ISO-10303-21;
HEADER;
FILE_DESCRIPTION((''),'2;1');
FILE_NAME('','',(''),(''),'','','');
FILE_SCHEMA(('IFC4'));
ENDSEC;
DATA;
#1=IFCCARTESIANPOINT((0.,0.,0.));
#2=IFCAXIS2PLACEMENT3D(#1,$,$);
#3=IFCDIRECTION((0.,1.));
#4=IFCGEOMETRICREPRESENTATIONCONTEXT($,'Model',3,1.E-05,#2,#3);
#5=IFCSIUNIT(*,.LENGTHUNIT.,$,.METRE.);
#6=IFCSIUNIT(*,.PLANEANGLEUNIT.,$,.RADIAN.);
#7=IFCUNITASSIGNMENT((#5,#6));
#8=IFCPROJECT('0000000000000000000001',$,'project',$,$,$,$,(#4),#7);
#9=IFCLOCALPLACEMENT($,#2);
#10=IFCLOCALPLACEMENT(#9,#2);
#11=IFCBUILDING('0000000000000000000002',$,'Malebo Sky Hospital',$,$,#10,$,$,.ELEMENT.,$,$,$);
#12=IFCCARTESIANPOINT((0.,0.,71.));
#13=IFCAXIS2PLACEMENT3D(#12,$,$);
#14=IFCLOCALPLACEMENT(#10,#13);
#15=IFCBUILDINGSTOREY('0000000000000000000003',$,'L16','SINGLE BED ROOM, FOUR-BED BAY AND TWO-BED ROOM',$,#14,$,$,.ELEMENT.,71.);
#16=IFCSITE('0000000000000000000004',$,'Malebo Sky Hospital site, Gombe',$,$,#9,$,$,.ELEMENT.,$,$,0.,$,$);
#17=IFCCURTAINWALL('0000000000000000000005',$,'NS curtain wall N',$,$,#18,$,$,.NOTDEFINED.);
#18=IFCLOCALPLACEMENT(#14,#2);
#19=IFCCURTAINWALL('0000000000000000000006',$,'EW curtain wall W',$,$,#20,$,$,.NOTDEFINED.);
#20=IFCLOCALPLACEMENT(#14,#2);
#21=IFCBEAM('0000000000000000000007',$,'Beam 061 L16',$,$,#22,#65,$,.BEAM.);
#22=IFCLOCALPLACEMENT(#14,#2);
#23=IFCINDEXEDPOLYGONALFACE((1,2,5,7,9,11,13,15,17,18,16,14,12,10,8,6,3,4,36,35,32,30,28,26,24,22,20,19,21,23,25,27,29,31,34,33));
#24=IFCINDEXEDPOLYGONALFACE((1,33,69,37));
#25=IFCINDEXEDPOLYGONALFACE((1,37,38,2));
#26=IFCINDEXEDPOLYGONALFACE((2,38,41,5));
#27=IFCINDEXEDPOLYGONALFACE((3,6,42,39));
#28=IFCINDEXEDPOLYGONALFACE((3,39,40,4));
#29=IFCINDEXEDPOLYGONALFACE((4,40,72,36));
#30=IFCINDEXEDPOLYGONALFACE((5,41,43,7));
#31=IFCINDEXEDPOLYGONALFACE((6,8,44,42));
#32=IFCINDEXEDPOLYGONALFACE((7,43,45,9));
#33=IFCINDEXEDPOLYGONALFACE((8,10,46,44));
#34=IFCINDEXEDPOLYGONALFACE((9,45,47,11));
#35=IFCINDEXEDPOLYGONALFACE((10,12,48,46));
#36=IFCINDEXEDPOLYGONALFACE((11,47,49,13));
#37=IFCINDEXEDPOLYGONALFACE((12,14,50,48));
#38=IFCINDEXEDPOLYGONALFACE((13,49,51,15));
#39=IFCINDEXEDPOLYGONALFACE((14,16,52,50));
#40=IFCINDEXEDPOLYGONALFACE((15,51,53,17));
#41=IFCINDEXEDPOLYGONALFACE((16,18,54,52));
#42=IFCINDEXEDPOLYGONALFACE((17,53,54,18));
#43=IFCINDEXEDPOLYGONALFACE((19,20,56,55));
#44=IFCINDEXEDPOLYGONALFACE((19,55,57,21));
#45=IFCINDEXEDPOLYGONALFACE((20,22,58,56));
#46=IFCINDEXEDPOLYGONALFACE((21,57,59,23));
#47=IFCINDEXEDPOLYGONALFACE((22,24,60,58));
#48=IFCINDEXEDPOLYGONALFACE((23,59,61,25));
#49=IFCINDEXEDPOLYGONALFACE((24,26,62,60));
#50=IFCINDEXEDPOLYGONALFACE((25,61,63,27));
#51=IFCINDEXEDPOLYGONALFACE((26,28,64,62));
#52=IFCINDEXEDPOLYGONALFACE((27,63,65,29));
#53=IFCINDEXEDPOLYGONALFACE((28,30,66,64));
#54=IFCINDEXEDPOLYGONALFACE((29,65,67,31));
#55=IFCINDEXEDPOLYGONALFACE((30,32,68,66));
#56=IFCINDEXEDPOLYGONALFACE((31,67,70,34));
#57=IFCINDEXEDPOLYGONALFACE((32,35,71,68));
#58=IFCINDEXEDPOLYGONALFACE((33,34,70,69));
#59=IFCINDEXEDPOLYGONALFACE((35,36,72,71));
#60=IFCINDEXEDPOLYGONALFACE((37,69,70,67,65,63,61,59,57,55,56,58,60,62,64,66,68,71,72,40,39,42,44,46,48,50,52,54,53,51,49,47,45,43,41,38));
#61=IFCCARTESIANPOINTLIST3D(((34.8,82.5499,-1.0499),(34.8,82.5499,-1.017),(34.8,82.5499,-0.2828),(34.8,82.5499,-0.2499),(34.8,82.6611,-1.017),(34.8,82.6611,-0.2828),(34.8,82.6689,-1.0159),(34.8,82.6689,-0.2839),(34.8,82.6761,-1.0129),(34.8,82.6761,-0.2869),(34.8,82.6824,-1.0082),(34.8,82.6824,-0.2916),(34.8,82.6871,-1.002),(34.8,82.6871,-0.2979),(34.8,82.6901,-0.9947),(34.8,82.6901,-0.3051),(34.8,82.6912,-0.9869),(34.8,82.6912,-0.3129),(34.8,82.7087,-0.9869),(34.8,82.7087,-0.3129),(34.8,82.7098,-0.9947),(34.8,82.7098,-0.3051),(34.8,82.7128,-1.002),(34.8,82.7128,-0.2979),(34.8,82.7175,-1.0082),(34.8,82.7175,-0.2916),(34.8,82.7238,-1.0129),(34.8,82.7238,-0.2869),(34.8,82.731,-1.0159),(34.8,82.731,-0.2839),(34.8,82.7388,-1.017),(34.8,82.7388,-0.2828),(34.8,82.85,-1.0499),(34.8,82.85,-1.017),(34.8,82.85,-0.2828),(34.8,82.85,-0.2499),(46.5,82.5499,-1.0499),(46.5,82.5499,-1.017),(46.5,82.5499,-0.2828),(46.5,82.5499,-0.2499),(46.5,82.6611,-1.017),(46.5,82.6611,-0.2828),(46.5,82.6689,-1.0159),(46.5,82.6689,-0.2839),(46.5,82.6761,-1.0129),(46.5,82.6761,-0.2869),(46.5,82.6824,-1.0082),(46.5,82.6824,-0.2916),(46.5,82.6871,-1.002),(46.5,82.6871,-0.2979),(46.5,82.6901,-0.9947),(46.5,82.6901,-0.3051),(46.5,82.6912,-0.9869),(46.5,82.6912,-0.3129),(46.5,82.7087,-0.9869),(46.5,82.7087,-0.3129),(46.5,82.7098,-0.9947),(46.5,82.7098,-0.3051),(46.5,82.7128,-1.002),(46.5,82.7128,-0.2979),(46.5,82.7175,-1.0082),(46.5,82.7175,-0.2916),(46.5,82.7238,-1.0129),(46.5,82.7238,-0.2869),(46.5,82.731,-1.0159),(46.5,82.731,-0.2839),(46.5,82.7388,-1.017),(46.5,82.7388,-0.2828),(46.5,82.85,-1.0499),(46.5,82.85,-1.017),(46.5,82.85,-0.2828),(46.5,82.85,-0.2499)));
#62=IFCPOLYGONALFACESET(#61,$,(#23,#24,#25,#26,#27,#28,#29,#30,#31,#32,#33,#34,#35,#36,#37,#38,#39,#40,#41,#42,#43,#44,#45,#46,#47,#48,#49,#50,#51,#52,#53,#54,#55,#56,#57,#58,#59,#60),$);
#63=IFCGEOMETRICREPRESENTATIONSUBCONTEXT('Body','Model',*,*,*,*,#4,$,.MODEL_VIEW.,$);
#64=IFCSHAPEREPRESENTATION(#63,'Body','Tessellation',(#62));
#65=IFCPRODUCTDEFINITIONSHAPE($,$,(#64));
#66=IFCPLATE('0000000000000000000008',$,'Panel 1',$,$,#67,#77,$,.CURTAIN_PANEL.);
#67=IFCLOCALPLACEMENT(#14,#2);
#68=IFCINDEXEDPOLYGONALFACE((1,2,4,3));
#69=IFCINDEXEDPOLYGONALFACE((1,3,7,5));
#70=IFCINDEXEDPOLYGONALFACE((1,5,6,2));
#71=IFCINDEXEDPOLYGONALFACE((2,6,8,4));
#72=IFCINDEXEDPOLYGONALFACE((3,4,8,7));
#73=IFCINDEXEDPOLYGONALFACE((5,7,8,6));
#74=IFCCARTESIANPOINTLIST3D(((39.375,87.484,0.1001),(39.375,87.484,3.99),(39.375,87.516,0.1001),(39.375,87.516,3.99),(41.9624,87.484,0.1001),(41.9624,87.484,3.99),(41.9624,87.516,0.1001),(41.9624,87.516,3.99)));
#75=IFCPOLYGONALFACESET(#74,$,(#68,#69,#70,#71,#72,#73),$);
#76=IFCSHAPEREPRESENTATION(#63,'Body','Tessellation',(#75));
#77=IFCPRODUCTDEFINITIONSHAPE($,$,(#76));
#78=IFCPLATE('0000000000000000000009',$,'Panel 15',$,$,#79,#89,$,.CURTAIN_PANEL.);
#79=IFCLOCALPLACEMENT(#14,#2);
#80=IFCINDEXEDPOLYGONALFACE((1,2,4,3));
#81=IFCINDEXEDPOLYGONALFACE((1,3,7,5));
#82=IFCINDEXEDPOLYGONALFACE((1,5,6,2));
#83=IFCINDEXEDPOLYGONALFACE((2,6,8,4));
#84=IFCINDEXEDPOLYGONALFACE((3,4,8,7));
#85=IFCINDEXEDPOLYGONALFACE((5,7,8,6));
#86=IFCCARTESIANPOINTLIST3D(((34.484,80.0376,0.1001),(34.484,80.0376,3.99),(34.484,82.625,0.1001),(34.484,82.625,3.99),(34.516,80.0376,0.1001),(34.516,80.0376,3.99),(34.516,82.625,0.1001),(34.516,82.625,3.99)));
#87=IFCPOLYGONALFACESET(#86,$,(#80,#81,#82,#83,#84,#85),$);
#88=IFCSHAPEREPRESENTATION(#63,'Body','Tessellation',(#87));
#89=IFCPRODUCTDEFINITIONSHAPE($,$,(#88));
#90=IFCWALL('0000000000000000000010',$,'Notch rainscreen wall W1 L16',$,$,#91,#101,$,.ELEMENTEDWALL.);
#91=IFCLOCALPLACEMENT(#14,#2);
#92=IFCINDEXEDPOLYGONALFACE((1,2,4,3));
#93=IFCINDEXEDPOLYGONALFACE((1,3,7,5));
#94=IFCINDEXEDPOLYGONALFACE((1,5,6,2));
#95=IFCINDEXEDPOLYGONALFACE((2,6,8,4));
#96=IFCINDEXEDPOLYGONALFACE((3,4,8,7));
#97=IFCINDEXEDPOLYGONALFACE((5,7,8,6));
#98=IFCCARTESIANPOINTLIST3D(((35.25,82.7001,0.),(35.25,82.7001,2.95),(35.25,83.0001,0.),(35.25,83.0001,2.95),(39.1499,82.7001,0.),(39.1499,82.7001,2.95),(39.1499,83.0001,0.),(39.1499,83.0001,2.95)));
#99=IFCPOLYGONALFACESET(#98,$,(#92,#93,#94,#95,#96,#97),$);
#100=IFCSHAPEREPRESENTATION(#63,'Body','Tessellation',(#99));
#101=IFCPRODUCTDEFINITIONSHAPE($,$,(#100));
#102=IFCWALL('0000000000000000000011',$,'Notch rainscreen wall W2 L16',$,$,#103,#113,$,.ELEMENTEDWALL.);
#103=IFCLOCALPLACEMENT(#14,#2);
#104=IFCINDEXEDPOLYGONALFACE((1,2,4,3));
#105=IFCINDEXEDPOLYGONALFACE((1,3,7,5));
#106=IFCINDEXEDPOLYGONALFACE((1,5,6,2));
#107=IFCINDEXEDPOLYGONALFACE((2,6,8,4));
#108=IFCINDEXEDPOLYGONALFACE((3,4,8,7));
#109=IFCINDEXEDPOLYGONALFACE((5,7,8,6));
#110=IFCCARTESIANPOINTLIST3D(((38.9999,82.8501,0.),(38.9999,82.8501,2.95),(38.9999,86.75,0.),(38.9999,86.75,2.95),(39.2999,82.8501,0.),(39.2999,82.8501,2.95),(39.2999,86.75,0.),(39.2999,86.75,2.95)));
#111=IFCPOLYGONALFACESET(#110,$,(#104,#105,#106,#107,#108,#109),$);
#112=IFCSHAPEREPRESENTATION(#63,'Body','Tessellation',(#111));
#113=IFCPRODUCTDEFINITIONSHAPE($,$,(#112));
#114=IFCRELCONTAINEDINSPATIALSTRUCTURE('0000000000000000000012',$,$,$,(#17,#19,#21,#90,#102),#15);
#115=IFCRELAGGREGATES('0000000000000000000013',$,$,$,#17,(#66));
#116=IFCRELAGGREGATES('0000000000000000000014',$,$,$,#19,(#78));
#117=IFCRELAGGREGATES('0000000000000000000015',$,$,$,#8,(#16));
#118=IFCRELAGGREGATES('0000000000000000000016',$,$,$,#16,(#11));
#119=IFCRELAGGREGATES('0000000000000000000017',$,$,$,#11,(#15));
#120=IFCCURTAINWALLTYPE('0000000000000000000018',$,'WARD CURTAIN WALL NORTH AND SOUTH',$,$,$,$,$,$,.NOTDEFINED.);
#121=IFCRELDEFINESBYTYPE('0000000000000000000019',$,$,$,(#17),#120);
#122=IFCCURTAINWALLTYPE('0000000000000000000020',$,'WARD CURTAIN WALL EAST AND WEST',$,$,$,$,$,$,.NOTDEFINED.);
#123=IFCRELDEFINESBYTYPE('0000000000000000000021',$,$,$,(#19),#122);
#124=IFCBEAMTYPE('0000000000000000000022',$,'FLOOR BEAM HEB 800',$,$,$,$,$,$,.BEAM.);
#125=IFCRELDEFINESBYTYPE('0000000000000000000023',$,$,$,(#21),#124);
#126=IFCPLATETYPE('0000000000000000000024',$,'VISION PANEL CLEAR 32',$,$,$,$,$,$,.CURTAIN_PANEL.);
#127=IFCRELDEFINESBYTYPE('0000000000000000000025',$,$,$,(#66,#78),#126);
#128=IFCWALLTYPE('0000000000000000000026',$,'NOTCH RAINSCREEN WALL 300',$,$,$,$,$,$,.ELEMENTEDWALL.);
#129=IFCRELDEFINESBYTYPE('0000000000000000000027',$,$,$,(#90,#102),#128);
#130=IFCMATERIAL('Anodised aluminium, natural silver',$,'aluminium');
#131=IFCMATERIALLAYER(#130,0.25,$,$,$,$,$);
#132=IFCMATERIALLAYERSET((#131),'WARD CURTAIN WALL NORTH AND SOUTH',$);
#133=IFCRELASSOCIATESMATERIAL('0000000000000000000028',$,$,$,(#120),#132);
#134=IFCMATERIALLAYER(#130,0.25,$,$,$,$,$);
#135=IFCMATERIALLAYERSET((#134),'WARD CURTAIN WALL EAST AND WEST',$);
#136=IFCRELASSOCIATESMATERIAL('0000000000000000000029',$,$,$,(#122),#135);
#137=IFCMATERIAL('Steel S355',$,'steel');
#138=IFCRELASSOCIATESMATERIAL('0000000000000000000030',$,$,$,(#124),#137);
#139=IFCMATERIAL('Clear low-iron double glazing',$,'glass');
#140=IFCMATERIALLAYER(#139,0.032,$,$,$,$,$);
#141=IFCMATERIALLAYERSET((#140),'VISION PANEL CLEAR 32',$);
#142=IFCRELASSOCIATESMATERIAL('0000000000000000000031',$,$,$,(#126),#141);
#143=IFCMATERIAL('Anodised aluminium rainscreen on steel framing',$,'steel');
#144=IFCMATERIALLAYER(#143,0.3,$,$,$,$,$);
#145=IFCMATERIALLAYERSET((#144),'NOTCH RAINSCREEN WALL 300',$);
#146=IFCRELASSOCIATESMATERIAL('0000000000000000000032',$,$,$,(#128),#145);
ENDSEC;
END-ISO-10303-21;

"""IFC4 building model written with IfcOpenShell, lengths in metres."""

from ifc_helpers import new_model, si_unit, direction, frame, frame_2d, origin, origin_2d, place, context, subcontext, project, spatial, rectangle, i_section, extrude, material, layer, layer_set, material_profile, profile_set, type_object, element, aggregate, save


model = new_model("IFC4")

# Units and contexts
model_context = context("Model", 3, precision=1e-05, world=origin(), true_north=direction((0.0, 1.0)))
body_context = subcontext(model_context, "Body", "Model", "MODEL_VIEW")
ifc_project = project(units=[si_unit("LENGTHUNIT", "METRE"), si_unit("PLANEANGLEUNIT", "RADIAN")], contexts=[model_context])

# Site, building, storey
site_placement = place(None, origin())
site = spatial("IfcSite", under=ifc_project, at=site_placement, Name="Malebo Sky Hospital site, Gombe", CompositionType="ELEMENT", RefElevation=0.0)
building_placement = place(site_placement, origin())
building = spatial("IfcBuilding", under=site, at=building_placement, Name="Malebo Sky Hospital", CompositionType="ELEMENT")
storey_placement = place(building_placement, frame((0.0, 0.0, 71.0)))
storey = spatial("IfcBuildingStorey", under=building, at=storey_placement, Name="L16", Description="SINGLE BED ROOM, FOUR-BED BAY AND TWO-BED ROOM", CompositionType="ELEMENT", Elevation=71.0)

# Curtain wall
ifc_material_1 = material(Name="Anodised aluminium, natural silver", Category="aluminium")
ifc_layer_1 = layer(ifc_material_1, 0.25)
ifc_layer_set_1 = layer_set([ifc_layer_1], Name="WARD CURTAIN WALL NORTH AND SOUTH")
curtain_wall_type_1 = type_object("IfcCurtainWallType", Name="WARD CURTAIN WALL NORTH AND SOUTH", PredefinedType="NOTDEFINED", material=ifc_layer_set_1)
curtain_wall_1_placement = place(storey_placement, origin())
curtain_wall_1 = element("IfcCurtainWall", 1, at=curtain_wall_1_placement, inside=storey, type_object=curtain_wall_type_1, Name="NS curtain wall N", PredefinedType="NOTDEFINED")

# Curtain wall
ifc_layer_2 = layer(ifc_material_1, 0.25)
ifc_layer_set_2 = layer_set([ifc_layer_2], Name="WARD CURTAIN WALL EAST AND WEST")
curtain_wall_type_2 = type_object("IfcCurtainWallType", Name="WARD CURTAIN WALL EAST AND WEST", PredefinedType="NOTDEFINED", material=ifc_layer_set_2)
curtain_wall_2_placement = place(storey_placement, origin())
curtain_wall_2 = element("IfcCurtainWall", 2, at=curtain_wall_2_placement, inside=storey, type_object=curtain_wall_type_2, Name="EW curtain wall W", PredefinedType="NOTDEFINED")

# Beam
ifc_material_2 = material(Name="Steel S355", Category="steel")
ifc_material_profile_1 = material_profile(ifc_material_2, i_section(OverallWidth=0.3, OverallDepth=0.8, WebThickness=0.0176, FlangeThickness=0.033, FilletRadius=0.03, at=origin_2d()), Name="HEB 800")
ifc_profile_set_1 = profile_set([ifc_material_profile_1], Name="Steel S355")
beam_type_1 = type_object("IfcBeamType", Name="FLOOR BEAM HEB 800", PredefinedType="BEAM", material=ifc_profile_set_1)
beam_1_placement = place(storey_placement, frame((34.8, 82.7, -0.6499), z_axis=(1.0, 0.0, 0.0), x_axis=(0.0, 1.0, 0.0)))
element("IfcBeam", 3, at=beam_1_placement, inside=storey, type_object=beam_type_1, Name="Beam 061 L16", PredefinedType="BEAM", context=body_context, shape_type="SweptSolid", body=[
    extrude(i_section(OverallWidth=0.3, OverallDepth=0.8, WebThickness=0.0176, FlangeThickness=0.033, FilletRadius=0.03, at=origin_2d()), origin(), (0.0, 0.0, 1.0), 11.7),
])

# Plates
ifc_material_3 = material(Name="Clear low-iron double glazing", Category="glass")
ifc_layer_3 = layer(ifc_material_3, 0.032)
ifc_layer_set_3 = layer_set([ifc_layer_3], Name="VISION PANEL CLEAR 32")
plate_type = type_object("IfcPlateType", Name="VISION PANEL CLEAR 32", PredefinedType="CURTAIN_PANEL", material=ifc_layer_set_3)
plate_1_placement = place(storey_placement, frame((40.6687, 87.5, 0.1001), z_axis=(0.0, 0.0, 1.0), x_axis=(1.0, 0.0, 0.0)))
plate_1 = element("IfcPlate", 4, at=plate_1_placement, type_object=plate_type, Name="Panel 1", PredefinedType="CURTAIN_PANEL", context=body_context, shape_type="SweptSolid", body=[
    extrude(rectangle(XDim=2.5874, YDim=0.032, at=origin_2d()), origin(), (0.0, 0.0, 1.0), 3.8899),
])
aggregate(curtain_wall_1, [plate_1])
plate_2_placement = place(storey_placement, frame((34.5, 81.3313, 0.1001), z_axis=(0.0, 0.0, 1.0), x_axis=(0.0, 1.0, 0.0)))
plate_2 = element("IfcPlate", 5, at=plate_2_placement, type_object=plate_type, Name="Panel 15", PredefinedType="CURTAIN_PANEL", context=body_context, shape_type="SweptSolid", body=[
    extrude(rectangle(XDim=2.5874, YDim=0.032, at=origin_2d()), origin(), (0.0, 0.0, 1.0), 3.8899),
])
aggregate(curtain_wall_2, [plate_2])

# Walls
ifc_material_4 = material(Name="Anodised aluminium rainscreen on steel framing", Category="steel")
ifc_layer_4 = layer(ifc_material_4, 0.3)
ifc_layer_set_4 = layer_set([ifc_layer_4], Name="NOTCH RAINSCREEN WALL 300")
wall_type = type_object("IfcWallType", Name="NOTCH RAINSCREEN WALL 300", PredefinedType="ELEMENTEDWALL", material=ifc_layer_set_4)
for number, where, z_axis, x_axis, name in (
    (6, (35.25, 82.8501, 0.0), (0.0, 0.0, 1.0), (1.0, 0.0, 0.0), "Notch rainscreen wall W1 L16"),
    (7, (39.1499, 82.8501, 0.0), (0.0, 0.0, 1.0), (0.0, 1.0, 0.0), "Notch rainscreen wall W2 L16"),
):
    element("IfcWall", number, at=place(storey_placement, frame(where, z_axis=z_axis, x_axis=x_axis)), inside=storey, type_object=wall_type, Name=name, PredefinedType="ELEMENTEDWALL", context=body_context, shape_type="SweptSolid", body=[
        extrude(rectangle(XDim=3.8999, YDim=0.3, at=frame_2d((1.95, 0.0))), origin(), (0.0, 0.0, 1.0), 2.95),
    ])

save(model, "model.ifc")
